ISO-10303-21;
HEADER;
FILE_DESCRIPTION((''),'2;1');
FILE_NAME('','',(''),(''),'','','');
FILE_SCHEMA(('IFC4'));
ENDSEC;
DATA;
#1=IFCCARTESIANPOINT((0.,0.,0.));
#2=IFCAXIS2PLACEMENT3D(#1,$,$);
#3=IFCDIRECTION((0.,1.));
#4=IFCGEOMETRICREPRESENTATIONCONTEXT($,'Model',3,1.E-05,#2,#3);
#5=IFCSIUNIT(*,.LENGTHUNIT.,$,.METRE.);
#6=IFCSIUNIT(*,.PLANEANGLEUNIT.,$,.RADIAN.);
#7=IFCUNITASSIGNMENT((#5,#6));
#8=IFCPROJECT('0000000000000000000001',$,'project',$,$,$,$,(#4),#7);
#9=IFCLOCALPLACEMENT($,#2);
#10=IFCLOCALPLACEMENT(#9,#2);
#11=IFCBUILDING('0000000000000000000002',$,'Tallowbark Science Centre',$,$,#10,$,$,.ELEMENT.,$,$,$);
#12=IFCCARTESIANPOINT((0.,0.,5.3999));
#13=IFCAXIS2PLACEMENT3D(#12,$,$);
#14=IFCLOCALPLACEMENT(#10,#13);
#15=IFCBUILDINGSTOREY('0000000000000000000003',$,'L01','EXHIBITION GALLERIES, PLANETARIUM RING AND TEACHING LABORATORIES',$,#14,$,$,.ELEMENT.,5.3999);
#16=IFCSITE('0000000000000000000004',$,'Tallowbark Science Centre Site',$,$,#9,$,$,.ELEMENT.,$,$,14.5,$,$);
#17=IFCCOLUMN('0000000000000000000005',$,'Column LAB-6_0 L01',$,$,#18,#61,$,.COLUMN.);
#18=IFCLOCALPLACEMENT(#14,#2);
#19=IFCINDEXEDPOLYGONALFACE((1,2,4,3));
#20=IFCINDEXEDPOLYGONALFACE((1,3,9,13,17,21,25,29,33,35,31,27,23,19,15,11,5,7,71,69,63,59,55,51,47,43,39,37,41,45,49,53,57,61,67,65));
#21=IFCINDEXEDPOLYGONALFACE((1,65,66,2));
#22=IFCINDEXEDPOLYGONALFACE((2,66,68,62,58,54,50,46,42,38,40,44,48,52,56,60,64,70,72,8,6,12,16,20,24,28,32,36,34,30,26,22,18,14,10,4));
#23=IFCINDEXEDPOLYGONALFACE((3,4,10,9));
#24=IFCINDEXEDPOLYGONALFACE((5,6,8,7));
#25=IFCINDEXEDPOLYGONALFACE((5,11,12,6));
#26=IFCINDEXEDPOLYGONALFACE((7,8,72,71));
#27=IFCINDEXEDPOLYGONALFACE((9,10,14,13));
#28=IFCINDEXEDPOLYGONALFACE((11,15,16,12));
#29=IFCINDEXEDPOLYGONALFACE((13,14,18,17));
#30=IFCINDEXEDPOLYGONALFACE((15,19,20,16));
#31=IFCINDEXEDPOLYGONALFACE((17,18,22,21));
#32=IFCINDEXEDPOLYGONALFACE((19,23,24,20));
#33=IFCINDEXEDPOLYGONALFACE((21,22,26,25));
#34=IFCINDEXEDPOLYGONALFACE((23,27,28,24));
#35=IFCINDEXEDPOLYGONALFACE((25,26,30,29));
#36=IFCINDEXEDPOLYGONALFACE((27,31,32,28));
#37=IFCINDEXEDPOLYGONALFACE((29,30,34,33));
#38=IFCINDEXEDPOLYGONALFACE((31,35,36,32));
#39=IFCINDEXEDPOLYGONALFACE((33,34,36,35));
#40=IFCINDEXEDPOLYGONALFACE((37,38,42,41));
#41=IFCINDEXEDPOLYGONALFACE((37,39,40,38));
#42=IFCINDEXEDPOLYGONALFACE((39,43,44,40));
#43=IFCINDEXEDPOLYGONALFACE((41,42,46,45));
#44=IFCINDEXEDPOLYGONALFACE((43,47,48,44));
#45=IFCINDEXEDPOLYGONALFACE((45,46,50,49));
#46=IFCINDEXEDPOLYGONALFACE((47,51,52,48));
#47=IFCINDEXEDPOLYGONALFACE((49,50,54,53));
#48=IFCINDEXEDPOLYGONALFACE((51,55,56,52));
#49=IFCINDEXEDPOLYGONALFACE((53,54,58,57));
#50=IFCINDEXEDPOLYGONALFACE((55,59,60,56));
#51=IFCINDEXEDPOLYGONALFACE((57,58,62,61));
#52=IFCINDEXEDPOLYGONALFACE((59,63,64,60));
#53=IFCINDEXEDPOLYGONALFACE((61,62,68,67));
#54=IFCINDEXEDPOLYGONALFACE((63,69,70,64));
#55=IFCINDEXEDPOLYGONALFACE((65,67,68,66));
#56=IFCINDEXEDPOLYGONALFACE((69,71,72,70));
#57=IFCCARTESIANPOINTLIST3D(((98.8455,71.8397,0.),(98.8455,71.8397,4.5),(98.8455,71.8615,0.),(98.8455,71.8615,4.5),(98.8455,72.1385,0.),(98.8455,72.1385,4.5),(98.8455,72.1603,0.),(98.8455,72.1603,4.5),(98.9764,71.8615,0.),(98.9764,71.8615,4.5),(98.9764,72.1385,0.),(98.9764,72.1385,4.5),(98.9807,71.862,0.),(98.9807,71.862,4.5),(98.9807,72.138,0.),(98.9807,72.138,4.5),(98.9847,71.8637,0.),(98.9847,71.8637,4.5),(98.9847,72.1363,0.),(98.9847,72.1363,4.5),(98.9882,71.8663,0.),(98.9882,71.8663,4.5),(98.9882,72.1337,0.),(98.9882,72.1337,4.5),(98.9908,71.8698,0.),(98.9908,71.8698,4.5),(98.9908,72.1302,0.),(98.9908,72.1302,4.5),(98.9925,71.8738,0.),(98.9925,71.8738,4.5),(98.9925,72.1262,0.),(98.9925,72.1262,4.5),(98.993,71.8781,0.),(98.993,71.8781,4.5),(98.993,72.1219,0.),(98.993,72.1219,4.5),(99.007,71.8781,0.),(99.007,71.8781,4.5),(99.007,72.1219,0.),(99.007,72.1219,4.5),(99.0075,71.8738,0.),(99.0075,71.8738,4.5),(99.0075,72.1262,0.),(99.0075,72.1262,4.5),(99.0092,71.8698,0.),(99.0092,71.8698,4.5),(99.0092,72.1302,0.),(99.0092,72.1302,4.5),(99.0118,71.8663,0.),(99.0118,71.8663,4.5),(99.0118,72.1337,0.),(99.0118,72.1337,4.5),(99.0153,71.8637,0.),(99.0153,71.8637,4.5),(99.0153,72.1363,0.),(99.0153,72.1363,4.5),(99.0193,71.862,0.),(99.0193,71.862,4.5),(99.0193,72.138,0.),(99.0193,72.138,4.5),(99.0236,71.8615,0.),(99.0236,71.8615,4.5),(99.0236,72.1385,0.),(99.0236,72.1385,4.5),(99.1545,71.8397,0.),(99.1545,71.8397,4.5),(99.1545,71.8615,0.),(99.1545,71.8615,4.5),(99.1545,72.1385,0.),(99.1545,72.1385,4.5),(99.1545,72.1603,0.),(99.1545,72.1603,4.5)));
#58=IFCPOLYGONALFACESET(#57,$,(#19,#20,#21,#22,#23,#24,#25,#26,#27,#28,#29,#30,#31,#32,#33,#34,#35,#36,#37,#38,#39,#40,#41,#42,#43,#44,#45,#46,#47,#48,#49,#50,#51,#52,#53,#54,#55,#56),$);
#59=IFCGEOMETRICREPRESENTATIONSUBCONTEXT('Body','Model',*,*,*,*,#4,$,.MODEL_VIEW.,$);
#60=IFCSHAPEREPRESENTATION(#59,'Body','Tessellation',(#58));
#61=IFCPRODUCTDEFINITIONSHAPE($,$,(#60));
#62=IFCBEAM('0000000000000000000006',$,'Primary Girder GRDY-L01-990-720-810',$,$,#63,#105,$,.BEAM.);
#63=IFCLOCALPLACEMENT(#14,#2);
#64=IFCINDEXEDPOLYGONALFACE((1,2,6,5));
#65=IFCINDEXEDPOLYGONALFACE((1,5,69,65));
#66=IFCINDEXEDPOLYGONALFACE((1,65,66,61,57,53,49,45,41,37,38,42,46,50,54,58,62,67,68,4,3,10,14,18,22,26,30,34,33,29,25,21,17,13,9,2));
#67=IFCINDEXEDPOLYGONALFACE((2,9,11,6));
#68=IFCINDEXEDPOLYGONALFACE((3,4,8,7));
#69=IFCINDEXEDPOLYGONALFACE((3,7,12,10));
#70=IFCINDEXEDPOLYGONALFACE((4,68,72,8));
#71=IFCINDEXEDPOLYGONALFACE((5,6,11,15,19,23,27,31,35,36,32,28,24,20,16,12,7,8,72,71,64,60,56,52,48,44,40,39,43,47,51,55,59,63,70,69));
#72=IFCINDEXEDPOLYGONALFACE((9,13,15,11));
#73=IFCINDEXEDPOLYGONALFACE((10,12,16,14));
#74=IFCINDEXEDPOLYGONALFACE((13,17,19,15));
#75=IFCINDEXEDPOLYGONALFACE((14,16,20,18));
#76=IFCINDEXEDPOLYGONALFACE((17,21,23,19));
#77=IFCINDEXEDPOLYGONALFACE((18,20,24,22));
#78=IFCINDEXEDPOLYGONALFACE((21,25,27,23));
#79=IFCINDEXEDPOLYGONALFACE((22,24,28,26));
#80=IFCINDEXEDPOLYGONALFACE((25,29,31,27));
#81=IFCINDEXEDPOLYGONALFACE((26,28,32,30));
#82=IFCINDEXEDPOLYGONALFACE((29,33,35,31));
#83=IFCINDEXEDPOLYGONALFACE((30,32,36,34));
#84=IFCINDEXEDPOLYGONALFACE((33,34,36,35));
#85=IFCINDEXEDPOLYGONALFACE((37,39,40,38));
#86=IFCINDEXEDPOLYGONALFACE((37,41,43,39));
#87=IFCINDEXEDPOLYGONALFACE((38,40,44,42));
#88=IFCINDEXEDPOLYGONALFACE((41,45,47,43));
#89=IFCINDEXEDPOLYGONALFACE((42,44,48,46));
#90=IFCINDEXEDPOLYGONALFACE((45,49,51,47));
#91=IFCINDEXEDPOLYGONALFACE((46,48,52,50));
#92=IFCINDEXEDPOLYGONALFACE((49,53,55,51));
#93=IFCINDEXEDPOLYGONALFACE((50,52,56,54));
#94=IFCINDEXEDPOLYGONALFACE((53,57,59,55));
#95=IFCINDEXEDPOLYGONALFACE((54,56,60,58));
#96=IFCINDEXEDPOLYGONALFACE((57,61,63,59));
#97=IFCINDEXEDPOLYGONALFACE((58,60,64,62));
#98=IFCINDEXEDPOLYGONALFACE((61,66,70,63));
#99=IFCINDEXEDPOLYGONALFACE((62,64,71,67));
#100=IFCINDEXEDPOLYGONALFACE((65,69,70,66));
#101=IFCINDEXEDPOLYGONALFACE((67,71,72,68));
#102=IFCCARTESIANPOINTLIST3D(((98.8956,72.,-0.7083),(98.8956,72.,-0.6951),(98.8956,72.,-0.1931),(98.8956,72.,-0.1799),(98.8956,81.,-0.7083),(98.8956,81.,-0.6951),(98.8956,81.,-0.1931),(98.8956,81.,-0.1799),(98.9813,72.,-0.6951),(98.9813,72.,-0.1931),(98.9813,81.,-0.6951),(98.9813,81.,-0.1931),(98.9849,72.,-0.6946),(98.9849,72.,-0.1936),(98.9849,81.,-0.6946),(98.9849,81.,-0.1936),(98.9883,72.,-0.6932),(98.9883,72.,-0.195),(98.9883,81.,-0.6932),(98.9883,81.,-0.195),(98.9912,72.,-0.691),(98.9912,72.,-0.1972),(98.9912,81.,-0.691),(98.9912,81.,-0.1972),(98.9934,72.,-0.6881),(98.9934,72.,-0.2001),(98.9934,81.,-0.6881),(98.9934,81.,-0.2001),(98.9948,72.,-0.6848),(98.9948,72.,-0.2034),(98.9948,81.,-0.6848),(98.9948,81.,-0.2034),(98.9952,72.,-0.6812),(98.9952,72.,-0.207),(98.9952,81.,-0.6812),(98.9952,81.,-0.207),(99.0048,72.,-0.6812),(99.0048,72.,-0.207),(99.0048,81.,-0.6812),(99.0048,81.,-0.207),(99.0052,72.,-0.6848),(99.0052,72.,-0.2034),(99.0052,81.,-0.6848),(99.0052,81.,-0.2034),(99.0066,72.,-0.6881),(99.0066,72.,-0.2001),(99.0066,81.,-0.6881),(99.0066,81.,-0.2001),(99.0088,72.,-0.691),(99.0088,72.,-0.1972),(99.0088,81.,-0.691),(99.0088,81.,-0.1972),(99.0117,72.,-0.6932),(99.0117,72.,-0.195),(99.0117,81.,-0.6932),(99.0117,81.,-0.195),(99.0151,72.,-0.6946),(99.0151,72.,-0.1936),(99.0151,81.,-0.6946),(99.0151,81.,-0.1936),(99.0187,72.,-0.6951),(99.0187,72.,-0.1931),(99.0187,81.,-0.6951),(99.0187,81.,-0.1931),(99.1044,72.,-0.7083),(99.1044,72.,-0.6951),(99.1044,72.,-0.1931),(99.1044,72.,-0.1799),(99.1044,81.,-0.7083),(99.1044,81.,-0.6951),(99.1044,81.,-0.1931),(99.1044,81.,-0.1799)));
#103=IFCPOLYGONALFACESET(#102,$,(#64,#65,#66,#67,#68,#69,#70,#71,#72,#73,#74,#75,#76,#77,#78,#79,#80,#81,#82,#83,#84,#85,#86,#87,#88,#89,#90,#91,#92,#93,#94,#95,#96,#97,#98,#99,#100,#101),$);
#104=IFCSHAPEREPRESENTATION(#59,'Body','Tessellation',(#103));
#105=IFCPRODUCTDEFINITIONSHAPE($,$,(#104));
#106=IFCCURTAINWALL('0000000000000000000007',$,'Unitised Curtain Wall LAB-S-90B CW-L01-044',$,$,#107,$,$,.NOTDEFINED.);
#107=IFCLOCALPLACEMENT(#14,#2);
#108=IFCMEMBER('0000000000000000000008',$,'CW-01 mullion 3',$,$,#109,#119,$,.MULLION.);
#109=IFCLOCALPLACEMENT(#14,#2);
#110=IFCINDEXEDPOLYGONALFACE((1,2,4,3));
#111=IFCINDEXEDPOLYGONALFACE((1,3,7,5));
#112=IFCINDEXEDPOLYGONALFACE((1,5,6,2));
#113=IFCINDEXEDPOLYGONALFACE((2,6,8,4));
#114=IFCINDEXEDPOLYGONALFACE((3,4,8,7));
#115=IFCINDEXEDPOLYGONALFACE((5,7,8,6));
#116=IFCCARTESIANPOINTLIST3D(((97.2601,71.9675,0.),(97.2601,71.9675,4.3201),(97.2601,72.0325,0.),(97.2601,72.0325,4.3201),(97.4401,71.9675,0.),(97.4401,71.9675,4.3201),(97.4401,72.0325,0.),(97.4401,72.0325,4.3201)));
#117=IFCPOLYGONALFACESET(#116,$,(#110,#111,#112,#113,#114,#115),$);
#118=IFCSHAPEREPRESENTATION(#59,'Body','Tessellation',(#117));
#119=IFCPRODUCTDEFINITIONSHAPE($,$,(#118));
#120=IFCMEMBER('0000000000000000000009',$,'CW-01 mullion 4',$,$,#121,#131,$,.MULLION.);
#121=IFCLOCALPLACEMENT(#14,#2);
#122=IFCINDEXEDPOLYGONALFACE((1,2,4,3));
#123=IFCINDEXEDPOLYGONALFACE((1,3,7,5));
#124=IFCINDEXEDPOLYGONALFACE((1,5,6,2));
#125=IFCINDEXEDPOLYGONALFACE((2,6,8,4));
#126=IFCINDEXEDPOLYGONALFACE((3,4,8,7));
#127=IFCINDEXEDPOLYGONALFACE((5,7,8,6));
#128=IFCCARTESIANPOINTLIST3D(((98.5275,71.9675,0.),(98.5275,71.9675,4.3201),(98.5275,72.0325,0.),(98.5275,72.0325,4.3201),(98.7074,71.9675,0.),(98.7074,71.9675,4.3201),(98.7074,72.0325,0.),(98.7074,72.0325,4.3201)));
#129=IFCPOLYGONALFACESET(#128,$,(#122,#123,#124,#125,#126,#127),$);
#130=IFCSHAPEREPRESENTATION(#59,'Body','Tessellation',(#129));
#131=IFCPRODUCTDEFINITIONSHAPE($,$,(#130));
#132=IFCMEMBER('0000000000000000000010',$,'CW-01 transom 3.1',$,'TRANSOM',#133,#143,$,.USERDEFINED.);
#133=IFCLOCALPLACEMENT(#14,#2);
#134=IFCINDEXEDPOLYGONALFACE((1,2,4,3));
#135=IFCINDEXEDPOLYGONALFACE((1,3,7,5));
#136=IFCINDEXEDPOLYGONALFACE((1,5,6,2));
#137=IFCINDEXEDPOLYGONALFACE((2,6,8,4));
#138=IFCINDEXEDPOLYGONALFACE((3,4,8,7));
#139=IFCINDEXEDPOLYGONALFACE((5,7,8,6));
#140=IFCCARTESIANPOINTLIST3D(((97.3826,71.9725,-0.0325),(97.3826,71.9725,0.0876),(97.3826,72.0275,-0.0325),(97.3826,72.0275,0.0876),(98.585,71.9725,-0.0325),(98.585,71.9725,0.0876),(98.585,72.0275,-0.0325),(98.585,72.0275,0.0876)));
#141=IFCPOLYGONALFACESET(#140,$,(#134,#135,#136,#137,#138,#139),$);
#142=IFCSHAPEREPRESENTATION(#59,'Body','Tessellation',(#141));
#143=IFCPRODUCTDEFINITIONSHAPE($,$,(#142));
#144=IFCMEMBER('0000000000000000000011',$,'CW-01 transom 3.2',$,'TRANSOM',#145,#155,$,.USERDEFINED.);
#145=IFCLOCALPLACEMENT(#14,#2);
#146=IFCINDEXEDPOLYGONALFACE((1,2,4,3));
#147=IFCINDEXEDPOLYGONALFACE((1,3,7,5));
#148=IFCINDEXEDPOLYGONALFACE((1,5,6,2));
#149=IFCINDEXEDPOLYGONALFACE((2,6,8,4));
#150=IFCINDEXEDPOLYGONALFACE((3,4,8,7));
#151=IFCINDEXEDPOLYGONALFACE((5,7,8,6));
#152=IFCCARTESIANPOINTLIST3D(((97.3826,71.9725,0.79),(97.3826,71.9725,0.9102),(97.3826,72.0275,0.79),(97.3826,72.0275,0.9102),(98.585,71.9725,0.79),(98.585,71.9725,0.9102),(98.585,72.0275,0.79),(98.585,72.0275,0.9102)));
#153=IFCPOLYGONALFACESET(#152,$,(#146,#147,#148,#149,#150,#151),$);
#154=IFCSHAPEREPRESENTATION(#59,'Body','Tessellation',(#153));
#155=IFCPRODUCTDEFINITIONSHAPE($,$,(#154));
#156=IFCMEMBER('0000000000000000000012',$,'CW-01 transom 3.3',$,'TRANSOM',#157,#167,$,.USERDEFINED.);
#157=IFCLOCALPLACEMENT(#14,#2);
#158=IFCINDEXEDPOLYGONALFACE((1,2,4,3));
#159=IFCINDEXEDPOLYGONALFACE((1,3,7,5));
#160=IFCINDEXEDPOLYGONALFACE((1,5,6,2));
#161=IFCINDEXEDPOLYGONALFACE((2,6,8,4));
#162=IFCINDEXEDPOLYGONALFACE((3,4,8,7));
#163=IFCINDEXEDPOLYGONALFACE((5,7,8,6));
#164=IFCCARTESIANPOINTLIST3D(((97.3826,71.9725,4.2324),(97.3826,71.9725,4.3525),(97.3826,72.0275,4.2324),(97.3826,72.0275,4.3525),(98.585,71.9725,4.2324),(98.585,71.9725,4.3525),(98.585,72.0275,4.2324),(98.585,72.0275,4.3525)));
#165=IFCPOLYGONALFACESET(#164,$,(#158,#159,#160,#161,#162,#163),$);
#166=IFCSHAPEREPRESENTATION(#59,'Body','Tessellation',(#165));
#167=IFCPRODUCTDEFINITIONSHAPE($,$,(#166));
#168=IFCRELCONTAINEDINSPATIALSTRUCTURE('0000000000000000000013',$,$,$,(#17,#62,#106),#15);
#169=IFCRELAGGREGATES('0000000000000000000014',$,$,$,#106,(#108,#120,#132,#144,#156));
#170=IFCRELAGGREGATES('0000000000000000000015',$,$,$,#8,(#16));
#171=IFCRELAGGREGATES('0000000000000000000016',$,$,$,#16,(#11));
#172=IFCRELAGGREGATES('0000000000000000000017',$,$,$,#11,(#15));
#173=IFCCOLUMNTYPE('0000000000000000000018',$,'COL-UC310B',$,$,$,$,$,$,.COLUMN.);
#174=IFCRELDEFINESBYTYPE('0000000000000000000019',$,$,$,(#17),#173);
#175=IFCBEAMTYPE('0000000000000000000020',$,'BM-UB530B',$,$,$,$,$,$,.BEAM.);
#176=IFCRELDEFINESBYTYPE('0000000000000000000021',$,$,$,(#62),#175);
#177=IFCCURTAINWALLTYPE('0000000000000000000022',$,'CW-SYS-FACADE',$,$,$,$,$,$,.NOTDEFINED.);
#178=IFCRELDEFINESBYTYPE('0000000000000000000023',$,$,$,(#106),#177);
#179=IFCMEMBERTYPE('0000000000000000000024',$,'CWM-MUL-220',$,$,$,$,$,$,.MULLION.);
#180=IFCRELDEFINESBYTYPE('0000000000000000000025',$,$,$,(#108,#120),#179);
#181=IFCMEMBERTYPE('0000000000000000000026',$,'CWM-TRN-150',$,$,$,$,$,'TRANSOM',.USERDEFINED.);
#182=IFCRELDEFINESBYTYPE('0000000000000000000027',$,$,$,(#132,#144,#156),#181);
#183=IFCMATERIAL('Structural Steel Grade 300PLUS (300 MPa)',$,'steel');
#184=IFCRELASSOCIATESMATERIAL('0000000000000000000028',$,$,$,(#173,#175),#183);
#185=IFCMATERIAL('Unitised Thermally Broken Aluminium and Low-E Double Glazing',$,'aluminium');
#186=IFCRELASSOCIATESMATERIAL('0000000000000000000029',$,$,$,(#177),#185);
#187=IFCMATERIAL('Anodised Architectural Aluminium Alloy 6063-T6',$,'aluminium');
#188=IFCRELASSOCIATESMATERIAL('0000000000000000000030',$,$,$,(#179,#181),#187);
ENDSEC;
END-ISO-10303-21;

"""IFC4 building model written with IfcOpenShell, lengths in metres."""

from ifc_helpers import new_model, si_unit, direction, frame, origin, origin_2d, place, context, subcontext, project, spatial, rectangle, i_section, extrude, material, material_profile, profile_set, type_object, element, aggregate, save


model = new_model("IFC4")

# Units and contexts
model_context = context("Model", 3, precision=1e-05, world=origin(), true_north=direction((0.0, 1.0)))
body_context = subcontext(model_context, "Body", "Model", "MODEL_VIEW")
ifc_project = project(units=[si_unit("LENGTHUNIT", "METRE"), si_unit("PLANEANGLEUNIT", "RADIAN")], contexts=[model_context])

# Site, building, storey
site_placement = place(None, origin())
site = spatial("IfcSite", under=ifc_project, at=site_placement, Name="Tallowbark Science Centre Site", CompositionType="ELEMENT", RefElevation=14.5)
building_placement = place(site_placement, origin())
building = spatial("IfcBuilding", under=site, at=building_placement, Name="Tallowbark Science Centre", CompositionType="ELEMENT")
storey_placement = place(building_placement, frame((0.0, 0.0, 5.3999)))
storey = spatial("IfcBuildingStorey", under=building, at=storey_placement, Name="L01", Description="EXHIBITION GALLERIES, PLANETARIUM RING AND TEACHING LABORATORIES", CompositionType="ELEMENT", Elevation=5.3999)

# Column
ifc_material_1 = material(Name="Structural Steel Grade 300PLUS (300 MPa)", Category="steel")
ifc_material_profile_1 = material_profile(ifc_material_1, i_section(OverallWidth=0.3091, OverallDepth=0.3206, WebThickness=0.0139, FlangeThickness=0.0217, FilletRadius=0.0166, at=origin_2d()), Name="310UC137")
ifc_profile_set_1 = profile_set([ifc_material_profile_1], Name="Structural Steel Grade 300PLUS (300 MPa)")
column_type = type_object("IfcColumnType", Name="COL-UC310B", PredefinedType="COLUMN", material=ifc_profile_set_1)
column_placement = place(storey_placement, frame((99.0, 72.0, 0.0), z_axis=(0.0, 0.0, 1.0), x_axis=(1.0, 0.0, 0.0)))
element("IfcColumn", 1, at=column_placement, inside=storey, type_object=column_type, Name="Column LAB-6_0 L01", PredefinedType="COLUMN", context=body_context, shape_type="SweptSolid", body=[
    extrude(i_section(OverallWidth=0.3091, OverallDepth=0.3206, WebThickness=0.0139, FlangeThickness=0.0217, FilletRadius=0.0166, at=origin_2d()), origin(), (0.0, 0.0, 1.0), 4.5),
])

# Beam
ifc_material_profile_2 = material_profile(ifc_material_1, i_section(OverallWidth=0.2087, OverallDepth=0.5283, WebThickness=0.0095, FlangeThickness=0.0132, FilletRadius=0.0139, at=origin_2d()), Name="530UB82.0")
ifc_profile_set_2 = profile_set([ifc_material_profile_2], Name="Structural Steel Grade 300PLUS (300 MPa)")
beam_type_1 = type_object("IfcBeamType", Name="BM-UB530B", PredefinedType="BEAM", material=ifc_profile_set_2)
beam_1_placement = place(storey_placement, frame((99.0, 72.0, -0.4441), z_axis=(0.0, 1.0, 0.0), x_axis=(-1.0, 0.0, 0.0)))
element("IfcBeam", 2, at=beam_1_placement, inside=storey, type_object=beam_type_1, Name="Primary Girder GRDY-L01-990-720-810", PredefinedType="BEAM", context=body_context, shape_type="SweptSolid", body=[
    extrude(i_section(OverallWidth=0.2087, OverallDepth=0.5283, WebThickness=0.0095, FlangeThickness=0.0132, FilletRadius=0.0139, at=origin_2d()), origin(), (0.0, 0.0, 1.0), 9.0),
])

# Curtain wall, members
ifc_material_2 = material(Name="Unitised Thermally Broken Aluminium and Low-E Double Glazing", Category="aluminium")
curtain_wall_type = type_object("IfcCurtainWallType", Name="CW-SYS-FACADE", PredefinedType="NOTDEFINED", material=ifc_material_2)
curtain_wall_placement = place(storey_placement, origin())
curtain_wall = element("IfcCurtainWall", 3, at=curtain_wall_placement, inside=storey, type_object=curtain_wall_type, Name="Unitised Curtain Wall LAB-S-90B CW-L01-044", PredefinedType="NOTDEFINED")
ifc_material_3 = material(Name="Anodised Architectural Aluminium Alloy 6063-T6", Category="aluminium")
ifc_material_profile_3 = material_profile(ifc_material_3, rectangle(XDim=0.0649, YDim=0.1799, at=origin_2d()), Name="ALU65x180")
ifc_profile_set_3 = profile_set([ifc_material_profile_3], Name="Anodised Architectural Aluminium Alloy 6063-T6")
member_type_1 = type_object("IfcMemberType", Name="CWM-MUL-220", PredefinedType="MULLION", material=ifc_profile_set_3)
member_1_placement = place(storey_placement, frame((97.3501, 72.0, 0.0), z_axis=(0.0, 0.0, 1.0), x_axis=(0.0, 1.0, 0.0)))
member_1 = element("IfcMember", 4, at=member_1_placement, type_object=member_type_1, Name="CW-01 mullion 3", PredefinedType="MULLION", context=body_context, shape_type="SweptSolid", body=[
    extrude(rectangle(XDim=0.0649, YDim=0.1799, at=origin_2d()), origin(), (0.0, 0.0, 1.0), 4.3201),
])
member_2_placement = place(storey_placement, frame((98.6174, 72.0, 0.0), z_axis=(0.0, 0.0, 1.0), x_axis=(0.0, 1.0, 0.0)))
member_2 = element("IfcMember", 5, at=member_2_placement, type_object=member_type_1, Name="CW-01 mullion 4", PredefinedType="MULLION", context=body_context, shape_type="SweptSolid", body=[
    extrude(rectangle(XDim=0.0649, YDim=0.1799, at=origin_2d()), origin(), (0.0, 0.0, 1.0), 4.3201),
])
ifc_material_profile_4 = material_profile(ifc_material_3, rectangle(XDim=0.0549, YDim=0.1201, at=origin_2d()), Name="ALU55x120")
ifc_profile_set_4 = profile_set([ifc_material_profile_4], Name="Anodised Architectural Aluminium Alloy 6063-T6")
member_type_2 = type_object("IfcMemberType", Name="CWM-TRN-150", ElementType="TRANSOM", PredefinedType="USERDEFINED", material=ifc_profile_set_4)
member_3_placement = place(storey_placement, frame((97.3826, 72.0, 0.0276), z_axis=(1.0, 0.0, 0.0), x_axis=(0.0, 1.0, 0.0)))
member_3 = element("IfcMember", 6, at=member_3_placement, type_object=member_type_2, Name="CW-01 transom 3.1", ObjectType="TRANSOM", PredefinedType="USERDEFINED", context=body_context, shape_type="SweptSolid", body=[
    extrude(rectangle(XDim=0.0549, YDim=0.1201, at=origin_2d()), origin(), (0.0, 0.0, 1.0), 1.2024),
])
member_4_placement = place(storey_placement, frame((97.3826, 72.0, 0.8501), z_axis=(1.0, 0.0, 0.0), x_axis=(0.0, 1.0, 0.0)))
member_4 = element("IfcMember", 7, at=member_4_placement, type_object=member_type_2, Name="CW-01 transom 3.2", ObjectType="TRANSOM", PredefinedType="USERDEFINED", context=body_context, shape_type="SweptSolid", body=[
    extrude(rectangle(XDim=0.0549, YDim=0.1201, at=origin_2d()), origin(), (0.0, 0.0, 1.0), 1.2024),
])
member_5_placement = place(storey_placement, frame((97.3826, 72.0, 4.2925), z_axis=(1.0, 0.0, 0.0), x_axis=(0.0, 1.0, 0.0)))
member_5 = element("IfcMember", 8, at=member_5_placement, type_object=member_type_2, Name="CW-01 transom 3.3", ObjectType="TRANSOM", PredefinedType="USERDEFINED", context=body_context, shape_type="SweptSolid", body=[
    extrude(rectangle(XDim=0.0549, YDim=0.1201, at=origin_2d()), origin(), (0.0, 0.0, 1.0), 1.2024),
])

aggregate(curtain_wall, [member_1, member_2, member_3, member_4, member_5])

save(model, "model.ifc")
